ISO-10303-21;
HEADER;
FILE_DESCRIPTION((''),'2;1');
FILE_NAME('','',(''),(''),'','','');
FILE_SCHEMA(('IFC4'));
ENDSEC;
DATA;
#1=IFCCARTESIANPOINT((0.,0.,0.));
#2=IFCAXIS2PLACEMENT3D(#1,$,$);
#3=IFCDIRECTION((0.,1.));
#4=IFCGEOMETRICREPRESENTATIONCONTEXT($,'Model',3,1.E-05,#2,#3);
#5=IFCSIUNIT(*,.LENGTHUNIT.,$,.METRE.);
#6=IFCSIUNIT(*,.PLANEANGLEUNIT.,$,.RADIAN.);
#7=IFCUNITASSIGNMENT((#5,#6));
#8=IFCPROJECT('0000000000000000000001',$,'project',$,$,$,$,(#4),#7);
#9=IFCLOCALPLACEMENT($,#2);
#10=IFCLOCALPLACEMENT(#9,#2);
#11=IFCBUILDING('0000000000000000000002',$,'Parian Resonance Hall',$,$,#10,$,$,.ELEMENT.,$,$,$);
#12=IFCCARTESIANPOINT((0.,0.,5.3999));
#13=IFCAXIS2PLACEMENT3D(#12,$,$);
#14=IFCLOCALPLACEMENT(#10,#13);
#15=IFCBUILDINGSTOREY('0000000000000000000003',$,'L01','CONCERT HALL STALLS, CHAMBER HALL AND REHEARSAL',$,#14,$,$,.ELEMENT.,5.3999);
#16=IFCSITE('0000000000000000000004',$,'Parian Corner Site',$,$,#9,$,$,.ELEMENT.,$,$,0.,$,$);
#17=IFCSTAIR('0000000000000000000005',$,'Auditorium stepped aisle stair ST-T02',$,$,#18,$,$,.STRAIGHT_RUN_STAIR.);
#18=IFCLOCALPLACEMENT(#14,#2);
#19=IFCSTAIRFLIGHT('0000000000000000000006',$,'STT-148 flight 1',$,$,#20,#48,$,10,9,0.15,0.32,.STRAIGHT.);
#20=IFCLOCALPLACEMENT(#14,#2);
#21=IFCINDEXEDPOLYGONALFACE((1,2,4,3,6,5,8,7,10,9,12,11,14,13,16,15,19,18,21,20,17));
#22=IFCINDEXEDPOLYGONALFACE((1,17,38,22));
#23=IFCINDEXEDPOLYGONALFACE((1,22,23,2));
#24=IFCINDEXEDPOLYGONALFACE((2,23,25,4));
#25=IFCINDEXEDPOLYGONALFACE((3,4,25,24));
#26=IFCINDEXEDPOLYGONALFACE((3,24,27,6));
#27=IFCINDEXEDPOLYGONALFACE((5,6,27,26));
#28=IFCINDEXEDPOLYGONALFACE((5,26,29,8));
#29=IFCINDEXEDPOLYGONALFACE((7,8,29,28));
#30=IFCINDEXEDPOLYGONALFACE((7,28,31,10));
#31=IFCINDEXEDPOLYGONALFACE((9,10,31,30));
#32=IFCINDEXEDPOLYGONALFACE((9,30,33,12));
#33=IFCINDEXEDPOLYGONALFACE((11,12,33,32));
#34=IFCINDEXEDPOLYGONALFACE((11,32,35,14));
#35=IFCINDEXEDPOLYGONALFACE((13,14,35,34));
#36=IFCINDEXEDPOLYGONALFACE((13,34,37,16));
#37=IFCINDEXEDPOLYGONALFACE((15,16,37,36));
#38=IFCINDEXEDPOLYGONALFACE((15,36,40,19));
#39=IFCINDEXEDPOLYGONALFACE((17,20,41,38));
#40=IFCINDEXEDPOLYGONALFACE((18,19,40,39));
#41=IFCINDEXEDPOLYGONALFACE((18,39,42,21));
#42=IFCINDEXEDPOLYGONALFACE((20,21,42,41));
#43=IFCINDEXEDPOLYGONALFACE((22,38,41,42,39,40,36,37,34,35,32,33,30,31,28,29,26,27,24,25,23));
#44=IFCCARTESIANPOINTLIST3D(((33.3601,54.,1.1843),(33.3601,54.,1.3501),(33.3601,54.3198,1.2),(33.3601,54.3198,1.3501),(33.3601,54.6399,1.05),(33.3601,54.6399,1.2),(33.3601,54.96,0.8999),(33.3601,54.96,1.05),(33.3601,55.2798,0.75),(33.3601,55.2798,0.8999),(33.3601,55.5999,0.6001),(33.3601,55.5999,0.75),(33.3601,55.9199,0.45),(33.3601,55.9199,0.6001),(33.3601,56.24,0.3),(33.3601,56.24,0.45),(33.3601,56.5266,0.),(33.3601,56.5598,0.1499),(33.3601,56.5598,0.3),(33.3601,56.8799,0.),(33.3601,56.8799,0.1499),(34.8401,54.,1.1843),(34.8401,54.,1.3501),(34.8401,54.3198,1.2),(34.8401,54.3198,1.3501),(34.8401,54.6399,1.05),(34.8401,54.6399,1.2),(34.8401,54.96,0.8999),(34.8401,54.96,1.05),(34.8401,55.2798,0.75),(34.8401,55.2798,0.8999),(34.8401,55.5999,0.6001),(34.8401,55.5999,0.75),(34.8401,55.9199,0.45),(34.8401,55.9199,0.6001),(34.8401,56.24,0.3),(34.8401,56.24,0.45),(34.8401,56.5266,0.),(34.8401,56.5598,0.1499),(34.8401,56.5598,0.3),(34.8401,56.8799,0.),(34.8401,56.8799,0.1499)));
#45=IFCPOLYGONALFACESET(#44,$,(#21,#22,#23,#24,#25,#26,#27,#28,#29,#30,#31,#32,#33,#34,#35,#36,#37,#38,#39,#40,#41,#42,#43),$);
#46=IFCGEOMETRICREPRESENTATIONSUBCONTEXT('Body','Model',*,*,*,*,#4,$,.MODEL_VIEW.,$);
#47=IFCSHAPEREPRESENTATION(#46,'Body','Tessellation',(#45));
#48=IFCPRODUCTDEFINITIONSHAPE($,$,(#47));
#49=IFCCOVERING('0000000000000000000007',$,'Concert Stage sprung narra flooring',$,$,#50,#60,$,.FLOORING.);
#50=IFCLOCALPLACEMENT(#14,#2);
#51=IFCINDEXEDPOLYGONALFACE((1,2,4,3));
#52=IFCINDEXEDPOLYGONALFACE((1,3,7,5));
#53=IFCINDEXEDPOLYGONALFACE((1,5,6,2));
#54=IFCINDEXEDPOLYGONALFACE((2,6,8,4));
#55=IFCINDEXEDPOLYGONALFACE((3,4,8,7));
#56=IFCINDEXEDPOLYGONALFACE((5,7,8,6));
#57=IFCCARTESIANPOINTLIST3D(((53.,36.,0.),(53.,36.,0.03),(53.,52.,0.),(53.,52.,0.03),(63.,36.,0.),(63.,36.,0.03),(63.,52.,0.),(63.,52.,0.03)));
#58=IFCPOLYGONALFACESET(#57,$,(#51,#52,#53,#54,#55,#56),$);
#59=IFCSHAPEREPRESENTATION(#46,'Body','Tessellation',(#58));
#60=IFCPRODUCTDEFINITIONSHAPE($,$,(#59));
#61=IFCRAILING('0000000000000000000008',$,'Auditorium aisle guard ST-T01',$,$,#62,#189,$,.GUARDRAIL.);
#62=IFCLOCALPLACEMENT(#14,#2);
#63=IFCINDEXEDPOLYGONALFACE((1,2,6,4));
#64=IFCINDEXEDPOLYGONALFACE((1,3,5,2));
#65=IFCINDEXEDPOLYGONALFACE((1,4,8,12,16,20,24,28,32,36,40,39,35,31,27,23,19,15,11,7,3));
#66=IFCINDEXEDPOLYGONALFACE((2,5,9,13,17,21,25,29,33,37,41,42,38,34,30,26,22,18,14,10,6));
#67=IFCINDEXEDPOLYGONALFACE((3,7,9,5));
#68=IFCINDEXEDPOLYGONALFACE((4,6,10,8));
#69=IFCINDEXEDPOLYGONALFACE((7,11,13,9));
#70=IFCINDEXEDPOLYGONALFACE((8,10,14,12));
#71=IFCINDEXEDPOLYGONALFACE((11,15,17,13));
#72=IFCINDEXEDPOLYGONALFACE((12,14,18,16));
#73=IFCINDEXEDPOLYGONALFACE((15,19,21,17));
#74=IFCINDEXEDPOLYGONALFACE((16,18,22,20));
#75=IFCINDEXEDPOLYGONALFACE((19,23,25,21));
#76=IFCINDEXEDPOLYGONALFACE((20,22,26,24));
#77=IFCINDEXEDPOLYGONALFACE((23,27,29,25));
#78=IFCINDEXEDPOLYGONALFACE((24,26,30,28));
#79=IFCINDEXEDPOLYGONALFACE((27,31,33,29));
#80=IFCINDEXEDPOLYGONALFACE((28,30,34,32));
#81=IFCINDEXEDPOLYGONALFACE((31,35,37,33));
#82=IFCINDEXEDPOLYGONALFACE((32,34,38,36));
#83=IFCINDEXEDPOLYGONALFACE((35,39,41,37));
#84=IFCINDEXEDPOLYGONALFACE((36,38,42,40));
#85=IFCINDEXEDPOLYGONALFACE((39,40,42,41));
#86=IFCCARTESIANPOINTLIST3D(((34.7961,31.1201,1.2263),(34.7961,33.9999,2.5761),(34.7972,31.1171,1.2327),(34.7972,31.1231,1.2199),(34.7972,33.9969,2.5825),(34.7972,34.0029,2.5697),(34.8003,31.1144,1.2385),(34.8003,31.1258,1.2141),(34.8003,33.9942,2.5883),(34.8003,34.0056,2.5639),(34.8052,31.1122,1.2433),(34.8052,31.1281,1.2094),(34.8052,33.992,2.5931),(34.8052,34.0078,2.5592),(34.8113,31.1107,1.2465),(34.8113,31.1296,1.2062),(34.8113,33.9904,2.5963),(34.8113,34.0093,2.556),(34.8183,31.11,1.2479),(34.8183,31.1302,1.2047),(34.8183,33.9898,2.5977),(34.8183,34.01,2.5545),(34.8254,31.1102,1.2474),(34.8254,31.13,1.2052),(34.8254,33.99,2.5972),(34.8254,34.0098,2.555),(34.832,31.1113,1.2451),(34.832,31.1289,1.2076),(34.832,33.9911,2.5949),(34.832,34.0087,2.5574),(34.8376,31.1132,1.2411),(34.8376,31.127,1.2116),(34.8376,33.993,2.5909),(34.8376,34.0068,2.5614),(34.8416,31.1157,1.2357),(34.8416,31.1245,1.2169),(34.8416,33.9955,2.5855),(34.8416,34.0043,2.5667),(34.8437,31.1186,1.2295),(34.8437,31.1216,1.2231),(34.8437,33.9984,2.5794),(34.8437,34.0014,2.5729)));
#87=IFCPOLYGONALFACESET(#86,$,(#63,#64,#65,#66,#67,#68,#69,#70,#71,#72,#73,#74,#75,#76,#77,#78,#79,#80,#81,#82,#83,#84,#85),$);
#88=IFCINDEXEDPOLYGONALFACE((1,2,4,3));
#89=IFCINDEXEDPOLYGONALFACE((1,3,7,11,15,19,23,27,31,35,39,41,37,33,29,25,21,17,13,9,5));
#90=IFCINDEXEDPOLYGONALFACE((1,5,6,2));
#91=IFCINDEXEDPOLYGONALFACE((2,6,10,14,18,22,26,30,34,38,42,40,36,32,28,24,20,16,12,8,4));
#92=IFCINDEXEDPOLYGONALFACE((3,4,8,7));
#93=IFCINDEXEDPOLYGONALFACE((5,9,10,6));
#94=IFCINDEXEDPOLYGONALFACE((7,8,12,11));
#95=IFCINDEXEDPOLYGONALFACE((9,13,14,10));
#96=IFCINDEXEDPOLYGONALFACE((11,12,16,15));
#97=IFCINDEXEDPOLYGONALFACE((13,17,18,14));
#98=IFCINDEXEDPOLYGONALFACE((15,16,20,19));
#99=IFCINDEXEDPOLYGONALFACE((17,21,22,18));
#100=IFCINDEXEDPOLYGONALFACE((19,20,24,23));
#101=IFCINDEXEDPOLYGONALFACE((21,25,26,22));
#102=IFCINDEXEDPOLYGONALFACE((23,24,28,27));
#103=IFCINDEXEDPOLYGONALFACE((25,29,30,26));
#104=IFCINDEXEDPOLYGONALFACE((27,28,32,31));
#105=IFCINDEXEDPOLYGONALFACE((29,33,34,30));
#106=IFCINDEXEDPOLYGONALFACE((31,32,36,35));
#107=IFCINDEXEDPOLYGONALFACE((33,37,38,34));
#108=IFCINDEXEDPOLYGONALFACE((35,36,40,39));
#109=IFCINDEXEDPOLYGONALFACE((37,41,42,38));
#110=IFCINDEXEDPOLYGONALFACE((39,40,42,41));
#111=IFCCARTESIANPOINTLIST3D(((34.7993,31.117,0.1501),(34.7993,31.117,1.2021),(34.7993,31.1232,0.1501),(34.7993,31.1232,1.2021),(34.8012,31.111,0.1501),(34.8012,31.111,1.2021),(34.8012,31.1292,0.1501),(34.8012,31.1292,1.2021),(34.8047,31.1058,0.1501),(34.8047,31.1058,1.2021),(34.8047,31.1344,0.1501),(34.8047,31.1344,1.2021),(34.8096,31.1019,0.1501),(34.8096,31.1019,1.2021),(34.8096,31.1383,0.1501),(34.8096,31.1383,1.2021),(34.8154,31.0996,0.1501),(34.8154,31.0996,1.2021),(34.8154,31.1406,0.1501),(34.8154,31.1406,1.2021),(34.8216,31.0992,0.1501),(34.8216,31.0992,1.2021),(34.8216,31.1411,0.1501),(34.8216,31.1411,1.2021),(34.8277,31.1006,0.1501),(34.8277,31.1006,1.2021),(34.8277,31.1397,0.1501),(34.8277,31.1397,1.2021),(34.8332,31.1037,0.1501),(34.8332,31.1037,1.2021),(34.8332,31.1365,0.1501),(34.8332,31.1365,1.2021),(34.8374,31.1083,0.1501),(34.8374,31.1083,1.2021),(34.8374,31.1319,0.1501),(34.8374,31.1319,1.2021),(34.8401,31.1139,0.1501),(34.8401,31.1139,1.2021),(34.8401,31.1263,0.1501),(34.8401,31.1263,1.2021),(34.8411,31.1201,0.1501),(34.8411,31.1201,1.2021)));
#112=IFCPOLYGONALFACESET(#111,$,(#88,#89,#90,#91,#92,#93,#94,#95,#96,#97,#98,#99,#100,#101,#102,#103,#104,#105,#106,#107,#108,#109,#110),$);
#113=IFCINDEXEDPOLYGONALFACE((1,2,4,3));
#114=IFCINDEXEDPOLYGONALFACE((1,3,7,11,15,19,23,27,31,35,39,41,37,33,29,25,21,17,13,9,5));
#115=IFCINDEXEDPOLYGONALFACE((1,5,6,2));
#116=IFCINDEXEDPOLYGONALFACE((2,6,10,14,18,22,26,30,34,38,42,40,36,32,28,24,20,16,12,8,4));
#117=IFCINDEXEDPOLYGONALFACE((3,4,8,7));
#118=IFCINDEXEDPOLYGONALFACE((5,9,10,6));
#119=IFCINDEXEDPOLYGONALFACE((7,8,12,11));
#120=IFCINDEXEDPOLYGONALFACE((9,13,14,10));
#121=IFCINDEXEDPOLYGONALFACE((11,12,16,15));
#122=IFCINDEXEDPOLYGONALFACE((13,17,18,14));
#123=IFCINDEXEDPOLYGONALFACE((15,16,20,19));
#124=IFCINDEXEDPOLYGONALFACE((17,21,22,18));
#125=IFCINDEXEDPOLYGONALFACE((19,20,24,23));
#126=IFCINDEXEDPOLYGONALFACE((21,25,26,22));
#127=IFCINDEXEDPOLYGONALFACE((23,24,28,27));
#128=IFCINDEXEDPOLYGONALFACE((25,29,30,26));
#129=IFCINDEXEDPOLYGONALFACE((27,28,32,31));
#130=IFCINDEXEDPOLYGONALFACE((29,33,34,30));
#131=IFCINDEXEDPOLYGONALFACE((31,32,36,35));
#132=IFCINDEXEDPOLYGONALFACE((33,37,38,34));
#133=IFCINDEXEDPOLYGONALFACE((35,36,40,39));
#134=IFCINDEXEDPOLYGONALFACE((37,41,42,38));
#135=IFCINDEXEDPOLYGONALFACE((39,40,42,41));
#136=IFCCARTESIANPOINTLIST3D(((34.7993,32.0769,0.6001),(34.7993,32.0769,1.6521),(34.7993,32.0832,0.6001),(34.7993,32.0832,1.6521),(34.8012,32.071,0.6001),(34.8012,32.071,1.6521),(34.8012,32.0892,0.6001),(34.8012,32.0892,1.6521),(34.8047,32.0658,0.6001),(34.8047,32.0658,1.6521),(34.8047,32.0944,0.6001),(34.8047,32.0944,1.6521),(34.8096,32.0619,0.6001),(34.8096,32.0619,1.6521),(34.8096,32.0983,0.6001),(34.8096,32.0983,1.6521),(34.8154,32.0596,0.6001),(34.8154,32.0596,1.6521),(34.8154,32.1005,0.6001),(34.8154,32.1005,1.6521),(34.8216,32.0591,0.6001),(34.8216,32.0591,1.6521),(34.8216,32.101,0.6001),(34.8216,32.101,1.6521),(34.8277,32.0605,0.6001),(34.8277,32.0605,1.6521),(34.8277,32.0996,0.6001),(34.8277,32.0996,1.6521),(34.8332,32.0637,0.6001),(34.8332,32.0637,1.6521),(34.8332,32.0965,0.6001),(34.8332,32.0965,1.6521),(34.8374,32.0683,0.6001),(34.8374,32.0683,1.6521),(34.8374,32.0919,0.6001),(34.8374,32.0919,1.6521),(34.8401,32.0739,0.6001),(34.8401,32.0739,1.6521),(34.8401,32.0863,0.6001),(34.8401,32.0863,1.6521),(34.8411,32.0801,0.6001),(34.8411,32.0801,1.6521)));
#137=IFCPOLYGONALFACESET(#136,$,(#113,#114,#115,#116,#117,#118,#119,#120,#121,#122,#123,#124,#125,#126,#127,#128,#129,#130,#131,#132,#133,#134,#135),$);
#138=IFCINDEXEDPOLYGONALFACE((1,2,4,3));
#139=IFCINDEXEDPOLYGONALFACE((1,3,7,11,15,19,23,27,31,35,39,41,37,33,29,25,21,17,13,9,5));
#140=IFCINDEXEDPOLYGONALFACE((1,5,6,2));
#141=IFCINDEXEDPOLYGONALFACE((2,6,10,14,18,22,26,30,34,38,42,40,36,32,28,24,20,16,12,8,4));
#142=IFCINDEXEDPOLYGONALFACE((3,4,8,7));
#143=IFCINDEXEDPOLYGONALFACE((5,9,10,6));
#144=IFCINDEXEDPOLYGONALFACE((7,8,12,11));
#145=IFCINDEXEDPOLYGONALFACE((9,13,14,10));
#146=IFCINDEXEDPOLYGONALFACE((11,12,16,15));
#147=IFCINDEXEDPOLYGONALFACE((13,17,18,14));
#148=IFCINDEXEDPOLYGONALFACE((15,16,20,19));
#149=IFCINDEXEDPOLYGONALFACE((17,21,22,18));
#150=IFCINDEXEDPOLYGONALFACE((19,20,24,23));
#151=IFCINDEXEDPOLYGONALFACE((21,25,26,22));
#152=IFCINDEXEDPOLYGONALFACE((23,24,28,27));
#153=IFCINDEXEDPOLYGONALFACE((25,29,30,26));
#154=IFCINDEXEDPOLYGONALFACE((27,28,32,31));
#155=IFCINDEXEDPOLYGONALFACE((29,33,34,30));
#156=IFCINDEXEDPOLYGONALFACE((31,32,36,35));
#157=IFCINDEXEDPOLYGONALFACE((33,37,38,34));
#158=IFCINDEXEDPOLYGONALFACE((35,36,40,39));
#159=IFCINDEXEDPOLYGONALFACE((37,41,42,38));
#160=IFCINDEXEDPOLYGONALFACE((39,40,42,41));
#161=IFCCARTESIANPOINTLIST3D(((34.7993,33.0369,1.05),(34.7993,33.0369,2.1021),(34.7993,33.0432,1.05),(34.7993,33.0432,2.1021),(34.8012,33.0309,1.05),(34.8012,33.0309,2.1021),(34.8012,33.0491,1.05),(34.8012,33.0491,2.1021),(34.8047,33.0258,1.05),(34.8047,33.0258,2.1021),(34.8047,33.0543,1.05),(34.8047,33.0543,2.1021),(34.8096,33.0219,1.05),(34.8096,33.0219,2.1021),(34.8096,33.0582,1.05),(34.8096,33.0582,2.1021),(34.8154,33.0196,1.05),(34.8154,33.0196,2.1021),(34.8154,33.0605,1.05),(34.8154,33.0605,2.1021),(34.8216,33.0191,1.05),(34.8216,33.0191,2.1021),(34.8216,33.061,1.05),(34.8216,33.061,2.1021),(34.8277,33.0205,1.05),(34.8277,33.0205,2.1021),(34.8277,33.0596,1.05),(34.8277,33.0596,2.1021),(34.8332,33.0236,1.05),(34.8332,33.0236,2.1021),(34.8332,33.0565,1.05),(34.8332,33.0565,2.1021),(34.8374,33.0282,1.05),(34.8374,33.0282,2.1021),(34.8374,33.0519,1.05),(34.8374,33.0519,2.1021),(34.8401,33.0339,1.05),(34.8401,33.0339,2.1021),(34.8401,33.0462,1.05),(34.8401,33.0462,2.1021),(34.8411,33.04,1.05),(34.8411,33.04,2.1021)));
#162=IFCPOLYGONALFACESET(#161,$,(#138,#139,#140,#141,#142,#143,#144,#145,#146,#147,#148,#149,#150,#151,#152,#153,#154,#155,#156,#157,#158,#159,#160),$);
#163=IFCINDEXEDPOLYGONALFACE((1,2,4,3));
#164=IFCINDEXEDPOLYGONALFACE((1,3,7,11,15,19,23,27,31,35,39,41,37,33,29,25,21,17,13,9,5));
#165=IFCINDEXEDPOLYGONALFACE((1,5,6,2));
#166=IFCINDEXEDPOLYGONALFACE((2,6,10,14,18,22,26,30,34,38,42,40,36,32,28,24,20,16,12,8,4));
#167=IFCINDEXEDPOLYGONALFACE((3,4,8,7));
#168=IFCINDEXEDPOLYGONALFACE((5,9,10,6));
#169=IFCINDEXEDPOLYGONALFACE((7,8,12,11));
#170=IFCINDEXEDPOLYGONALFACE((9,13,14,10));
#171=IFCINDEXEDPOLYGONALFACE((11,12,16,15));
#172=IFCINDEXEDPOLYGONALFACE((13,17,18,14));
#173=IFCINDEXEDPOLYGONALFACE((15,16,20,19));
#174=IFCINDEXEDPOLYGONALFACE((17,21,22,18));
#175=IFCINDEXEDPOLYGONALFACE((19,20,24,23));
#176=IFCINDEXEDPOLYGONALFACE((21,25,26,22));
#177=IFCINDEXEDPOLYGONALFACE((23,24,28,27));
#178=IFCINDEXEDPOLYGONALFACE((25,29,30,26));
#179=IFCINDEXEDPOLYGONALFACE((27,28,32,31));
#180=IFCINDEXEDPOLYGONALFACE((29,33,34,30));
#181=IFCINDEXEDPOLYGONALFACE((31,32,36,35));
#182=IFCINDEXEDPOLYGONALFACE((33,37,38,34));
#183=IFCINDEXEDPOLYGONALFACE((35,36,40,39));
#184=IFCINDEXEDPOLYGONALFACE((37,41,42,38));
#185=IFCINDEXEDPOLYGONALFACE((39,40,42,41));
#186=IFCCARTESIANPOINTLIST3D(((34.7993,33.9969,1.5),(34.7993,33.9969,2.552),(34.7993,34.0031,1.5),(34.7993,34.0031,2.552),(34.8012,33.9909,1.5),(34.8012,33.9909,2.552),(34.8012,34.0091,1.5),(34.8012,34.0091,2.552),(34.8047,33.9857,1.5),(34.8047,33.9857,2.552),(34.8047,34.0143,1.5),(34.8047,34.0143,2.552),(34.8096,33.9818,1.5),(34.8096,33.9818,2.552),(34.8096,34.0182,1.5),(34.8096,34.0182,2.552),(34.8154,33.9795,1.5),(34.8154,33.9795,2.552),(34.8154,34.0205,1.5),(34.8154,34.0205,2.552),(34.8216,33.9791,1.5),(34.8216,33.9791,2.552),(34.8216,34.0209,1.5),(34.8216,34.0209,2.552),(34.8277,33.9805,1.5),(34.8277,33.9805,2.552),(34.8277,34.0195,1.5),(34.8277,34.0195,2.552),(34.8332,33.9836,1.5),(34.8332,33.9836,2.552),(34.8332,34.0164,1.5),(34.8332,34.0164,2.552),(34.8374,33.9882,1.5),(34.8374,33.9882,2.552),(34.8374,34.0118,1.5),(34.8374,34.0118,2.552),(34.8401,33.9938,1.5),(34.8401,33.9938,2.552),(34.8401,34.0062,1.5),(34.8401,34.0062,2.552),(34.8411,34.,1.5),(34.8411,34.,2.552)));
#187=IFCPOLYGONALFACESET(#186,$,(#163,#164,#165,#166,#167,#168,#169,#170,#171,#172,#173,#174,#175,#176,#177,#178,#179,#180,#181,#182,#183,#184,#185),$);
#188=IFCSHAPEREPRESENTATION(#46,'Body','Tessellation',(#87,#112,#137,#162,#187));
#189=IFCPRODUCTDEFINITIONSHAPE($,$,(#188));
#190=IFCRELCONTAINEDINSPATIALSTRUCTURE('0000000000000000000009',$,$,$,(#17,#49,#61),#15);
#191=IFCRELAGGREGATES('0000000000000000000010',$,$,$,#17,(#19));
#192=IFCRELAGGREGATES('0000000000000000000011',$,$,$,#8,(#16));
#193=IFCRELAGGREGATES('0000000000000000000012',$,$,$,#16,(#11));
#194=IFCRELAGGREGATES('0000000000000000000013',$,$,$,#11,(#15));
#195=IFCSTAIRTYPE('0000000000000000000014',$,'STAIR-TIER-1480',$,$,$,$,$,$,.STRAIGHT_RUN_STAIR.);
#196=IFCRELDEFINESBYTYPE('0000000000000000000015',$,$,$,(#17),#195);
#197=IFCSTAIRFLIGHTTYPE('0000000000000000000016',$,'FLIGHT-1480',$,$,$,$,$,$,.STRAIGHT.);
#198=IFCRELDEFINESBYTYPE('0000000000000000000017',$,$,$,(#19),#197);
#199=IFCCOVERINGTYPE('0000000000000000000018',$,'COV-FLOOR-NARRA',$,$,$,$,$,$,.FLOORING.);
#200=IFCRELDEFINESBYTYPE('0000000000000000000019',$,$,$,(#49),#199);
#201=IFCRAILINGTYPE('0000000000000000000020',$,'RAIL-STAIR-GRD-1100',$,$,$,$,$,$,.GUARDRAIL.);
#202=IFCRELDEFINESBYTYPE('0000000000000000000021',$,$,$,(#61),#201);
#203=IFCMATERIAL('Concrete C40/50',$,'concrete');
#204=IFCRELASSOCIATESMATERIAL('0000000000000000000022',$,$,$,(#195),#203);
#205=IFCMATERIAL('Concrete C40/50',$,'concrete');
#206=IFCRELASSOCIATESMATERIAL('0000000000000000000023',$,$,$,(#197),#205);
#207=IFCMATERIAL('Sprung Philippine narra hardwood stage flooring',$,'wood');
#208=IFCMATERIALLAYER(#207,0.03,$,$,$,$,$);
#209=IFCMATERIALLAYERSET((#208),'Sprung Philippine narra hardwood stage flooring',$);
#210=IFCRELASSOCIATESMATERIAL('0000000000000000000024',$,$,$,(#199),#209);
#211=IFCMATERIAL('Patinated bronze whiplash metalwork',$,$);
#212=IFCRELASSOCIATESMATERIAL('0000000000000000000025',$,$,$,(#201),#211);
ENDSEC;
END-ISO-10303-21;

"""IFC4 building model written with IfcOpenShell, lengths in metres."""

from ifc_helpers import new_model, si_unit, direction, frame, origin, origin_2d, place, context, subcontext, project, spatial, polyline, rectangle, circle, outline, extrude, material, layer, layer_set, type_object, element, aggregate, save


model = new_model("IFC4")

# Units and contexts
model_context = context("Model", 3, precision=1e-05, world=origin(), true_north=direction((0.0, 1.0)))
body_context = subcontext(model_context, "Body", "Model", "MODEL_VIEW")
ifc_project = project(units=[si_unit("LENGTHUNIT", "METRE"), si_unit("PLANEANGLEUNIT", "RADIAN")], contexts=[model_context])

# Site, building, storey
site_placement = place(None, origin())
site = spatial("IfcSite", under=ifc_project, at=site_placement, Name="Parian Corner Site", CompositionType="ELEMENT", RefElevation=0.0)
building_placement = place(site_placement, origin())
building = spatial("IfcBuilding", under=site, at=building_placement, Name="Parian Resonance Hall", CompositionType="ELEMENT")
storey_placement = place(building_placement, frame((0.0, 0.0, 5.3999)))
storey = spatial("IfcBuildingStorey", under=building, at=storey_placement, Name="L01", Description="CONCERT HALL STALLS, CHAMBER HALL AND REHEARSAL", CompositionType="ELEMENT", Elevation=5.3999)

# Stair, stair flight
ifc_material_1 = material(Name="Concrete C40/50", Category="concrete")
stair_type = type_object("IfcStairType", Name="STAIR-TIER-1480", PredefinedType="STRAIGHT_RUN_STAIR", material=ifc_material_1)
ifc_material_2 = material(Name="Concrete C40/50", Category="concrete")
stair_flight_type = type_object("IfcStairFlightType", Name="FLIGHT-1480", PredefinedType="STRAIGHT", material=ifc_material_2)
stair_1_placement = place(storey_placement, origin())
stair_1 = element("IfcStair", 1, at=stair_1_placement, inside=storey, type_object=stair_type, Name="Auditorium stepped aisle stair ST-T02", PredefinedType="STRAIGHT_RUN_STAIR")
stair_flight_1_placement = place(storey_placement, frame((34.1001, 56.8799, 0.0), z_axis=(0.0, 0.0, 1.0), x_axis=(0.0, -1.0, 0.0)))
stair_flight_1 = element("IfcStairFlight", 2, at=stair_flight_1_placement, type_object=stair_flight_type, Name="STT-148 flight 1", NumberOfRisers=10, NumberOfTreads=9, PredefinedType="STRAIGHT", RiserHeight=0.15, TreadLength=0.32, context=body_context, shape_type="SweptSolid", body=[
    extrude(outline(polyline([(0.0, 0.0), (0.0, 0.1499), (0.3201, 0.1499), (0.3201, 0.3), (0.6399, 0.3), (0.6399, 0.45), (0.96, 0.45), (0.96, 0.6001), (1.28, 0.6001), (1.28, 0.75), (1.6001, 0.75), (1.6001, 0.8999), (1.9199, 0.8999), (1.9199, 1.05), (2.24, 1.05), (2.24, 1.2), (2.5601, 1.2), (2.5601, 1.3501), (2.8799, 1.3501), (2.8799, 1.5), (2.8799, 1.1843), (0.3533, 0.0), (0.0, 0.0)])), frame((0.0, 0.74, 0.0), z_axis=(0.0, -1.0, 0.0), x_axis=(1.0, 0.0, 0.0)), (0.0, 0.0, 1.0), 1.48),
])
aggregate(stair_1, [stair_flight_1])

# Covering
ifc_material_3 = material(Name="Sprung Philippine narra hardwood stage flooring", Category="wood")
ifc_layer_1 = layer(ifc_material_3, 0.03)
ifc_layer_set_1 = layer_set([ifc_layer_1], Name="Sprung Philippine narra hardwood stage flooring")
covering_type = type_object("IfcCoveringType", Name="COV-FLOOR-NARRA", PredefinedType="FLOORING", material=ifc_layer_set_1)
covering_placement = place(storey_placement, frame((58.0, 44.0, 0.0), z_axis=(0.0, 0.0, 1.0), x_axis=(1.0, 0.0, 0.0)))
element("IfcCovering", 3, at=covering_placement, inside=storey, type_object=covering_type, Name="Concert Stage sprung narra flooring", PredefinedType="FLOORING", context=body_context, shape_type="SweptSolid", body=[
    extrude(rectangle(XDim=10.0, YDim=16.0, at=origin_2d()), origin(), (0.0, 0.0, 1.0), 0.03),
])

# Railing
ifc_material_4 = material(Name="Patinated bronze whiplash metalwork")
railing_type_1 = type_object("IfcRailingType", Name="RAIL-STAIR-GRD-1100", PredefinedType="GUARDRAIL", material=ifc_material_4)
railing_1_placement = place(storey_placement, frame((34.8201, 31.1201, 0.1501)))
element("IfcRailing", 4, at=railing_1_placement, inside=storey, type_object=railing_type_1, Name="Auditorium aisle guard ST-T01", PredefinedType="GUARDRAIL", context=body_context, shape_type="SweptSolid", body=[
    extrude(circle(Radius=0.0239, at=origin_2d()), frame((0.0, 0.0, 1.0762), z_axis=(0.0, 0.90547, 0.42441), x_axis=(-1.0, 0.0, 0.0)), (0.0, 0.0, 1.0), 3.1804),
    extrude(circle(Radius=0.021, at=origin_2d()), origin(), (0.0, 0.0, 1.0), 1.052),
    extrude(circle(Radius=0.021, at=origin_2d()), frame((0.0, 0.96, 0.45)), (0.0, 0.0, 1.0), 1.052),
    extrude(circle(Radius=0.021, at=origin_2d()), frame((0.0, 1.9199, 0.8999)), (0.0, 0.0, 1.0), 1.052),
    extrude(circle(Radius=0.021, at=origin_2d()), frame((0.0, 2.8799, 1.3499)), (0.0, 0.0, 1.0), 1.052),
])

save(model, "model.ifc")
